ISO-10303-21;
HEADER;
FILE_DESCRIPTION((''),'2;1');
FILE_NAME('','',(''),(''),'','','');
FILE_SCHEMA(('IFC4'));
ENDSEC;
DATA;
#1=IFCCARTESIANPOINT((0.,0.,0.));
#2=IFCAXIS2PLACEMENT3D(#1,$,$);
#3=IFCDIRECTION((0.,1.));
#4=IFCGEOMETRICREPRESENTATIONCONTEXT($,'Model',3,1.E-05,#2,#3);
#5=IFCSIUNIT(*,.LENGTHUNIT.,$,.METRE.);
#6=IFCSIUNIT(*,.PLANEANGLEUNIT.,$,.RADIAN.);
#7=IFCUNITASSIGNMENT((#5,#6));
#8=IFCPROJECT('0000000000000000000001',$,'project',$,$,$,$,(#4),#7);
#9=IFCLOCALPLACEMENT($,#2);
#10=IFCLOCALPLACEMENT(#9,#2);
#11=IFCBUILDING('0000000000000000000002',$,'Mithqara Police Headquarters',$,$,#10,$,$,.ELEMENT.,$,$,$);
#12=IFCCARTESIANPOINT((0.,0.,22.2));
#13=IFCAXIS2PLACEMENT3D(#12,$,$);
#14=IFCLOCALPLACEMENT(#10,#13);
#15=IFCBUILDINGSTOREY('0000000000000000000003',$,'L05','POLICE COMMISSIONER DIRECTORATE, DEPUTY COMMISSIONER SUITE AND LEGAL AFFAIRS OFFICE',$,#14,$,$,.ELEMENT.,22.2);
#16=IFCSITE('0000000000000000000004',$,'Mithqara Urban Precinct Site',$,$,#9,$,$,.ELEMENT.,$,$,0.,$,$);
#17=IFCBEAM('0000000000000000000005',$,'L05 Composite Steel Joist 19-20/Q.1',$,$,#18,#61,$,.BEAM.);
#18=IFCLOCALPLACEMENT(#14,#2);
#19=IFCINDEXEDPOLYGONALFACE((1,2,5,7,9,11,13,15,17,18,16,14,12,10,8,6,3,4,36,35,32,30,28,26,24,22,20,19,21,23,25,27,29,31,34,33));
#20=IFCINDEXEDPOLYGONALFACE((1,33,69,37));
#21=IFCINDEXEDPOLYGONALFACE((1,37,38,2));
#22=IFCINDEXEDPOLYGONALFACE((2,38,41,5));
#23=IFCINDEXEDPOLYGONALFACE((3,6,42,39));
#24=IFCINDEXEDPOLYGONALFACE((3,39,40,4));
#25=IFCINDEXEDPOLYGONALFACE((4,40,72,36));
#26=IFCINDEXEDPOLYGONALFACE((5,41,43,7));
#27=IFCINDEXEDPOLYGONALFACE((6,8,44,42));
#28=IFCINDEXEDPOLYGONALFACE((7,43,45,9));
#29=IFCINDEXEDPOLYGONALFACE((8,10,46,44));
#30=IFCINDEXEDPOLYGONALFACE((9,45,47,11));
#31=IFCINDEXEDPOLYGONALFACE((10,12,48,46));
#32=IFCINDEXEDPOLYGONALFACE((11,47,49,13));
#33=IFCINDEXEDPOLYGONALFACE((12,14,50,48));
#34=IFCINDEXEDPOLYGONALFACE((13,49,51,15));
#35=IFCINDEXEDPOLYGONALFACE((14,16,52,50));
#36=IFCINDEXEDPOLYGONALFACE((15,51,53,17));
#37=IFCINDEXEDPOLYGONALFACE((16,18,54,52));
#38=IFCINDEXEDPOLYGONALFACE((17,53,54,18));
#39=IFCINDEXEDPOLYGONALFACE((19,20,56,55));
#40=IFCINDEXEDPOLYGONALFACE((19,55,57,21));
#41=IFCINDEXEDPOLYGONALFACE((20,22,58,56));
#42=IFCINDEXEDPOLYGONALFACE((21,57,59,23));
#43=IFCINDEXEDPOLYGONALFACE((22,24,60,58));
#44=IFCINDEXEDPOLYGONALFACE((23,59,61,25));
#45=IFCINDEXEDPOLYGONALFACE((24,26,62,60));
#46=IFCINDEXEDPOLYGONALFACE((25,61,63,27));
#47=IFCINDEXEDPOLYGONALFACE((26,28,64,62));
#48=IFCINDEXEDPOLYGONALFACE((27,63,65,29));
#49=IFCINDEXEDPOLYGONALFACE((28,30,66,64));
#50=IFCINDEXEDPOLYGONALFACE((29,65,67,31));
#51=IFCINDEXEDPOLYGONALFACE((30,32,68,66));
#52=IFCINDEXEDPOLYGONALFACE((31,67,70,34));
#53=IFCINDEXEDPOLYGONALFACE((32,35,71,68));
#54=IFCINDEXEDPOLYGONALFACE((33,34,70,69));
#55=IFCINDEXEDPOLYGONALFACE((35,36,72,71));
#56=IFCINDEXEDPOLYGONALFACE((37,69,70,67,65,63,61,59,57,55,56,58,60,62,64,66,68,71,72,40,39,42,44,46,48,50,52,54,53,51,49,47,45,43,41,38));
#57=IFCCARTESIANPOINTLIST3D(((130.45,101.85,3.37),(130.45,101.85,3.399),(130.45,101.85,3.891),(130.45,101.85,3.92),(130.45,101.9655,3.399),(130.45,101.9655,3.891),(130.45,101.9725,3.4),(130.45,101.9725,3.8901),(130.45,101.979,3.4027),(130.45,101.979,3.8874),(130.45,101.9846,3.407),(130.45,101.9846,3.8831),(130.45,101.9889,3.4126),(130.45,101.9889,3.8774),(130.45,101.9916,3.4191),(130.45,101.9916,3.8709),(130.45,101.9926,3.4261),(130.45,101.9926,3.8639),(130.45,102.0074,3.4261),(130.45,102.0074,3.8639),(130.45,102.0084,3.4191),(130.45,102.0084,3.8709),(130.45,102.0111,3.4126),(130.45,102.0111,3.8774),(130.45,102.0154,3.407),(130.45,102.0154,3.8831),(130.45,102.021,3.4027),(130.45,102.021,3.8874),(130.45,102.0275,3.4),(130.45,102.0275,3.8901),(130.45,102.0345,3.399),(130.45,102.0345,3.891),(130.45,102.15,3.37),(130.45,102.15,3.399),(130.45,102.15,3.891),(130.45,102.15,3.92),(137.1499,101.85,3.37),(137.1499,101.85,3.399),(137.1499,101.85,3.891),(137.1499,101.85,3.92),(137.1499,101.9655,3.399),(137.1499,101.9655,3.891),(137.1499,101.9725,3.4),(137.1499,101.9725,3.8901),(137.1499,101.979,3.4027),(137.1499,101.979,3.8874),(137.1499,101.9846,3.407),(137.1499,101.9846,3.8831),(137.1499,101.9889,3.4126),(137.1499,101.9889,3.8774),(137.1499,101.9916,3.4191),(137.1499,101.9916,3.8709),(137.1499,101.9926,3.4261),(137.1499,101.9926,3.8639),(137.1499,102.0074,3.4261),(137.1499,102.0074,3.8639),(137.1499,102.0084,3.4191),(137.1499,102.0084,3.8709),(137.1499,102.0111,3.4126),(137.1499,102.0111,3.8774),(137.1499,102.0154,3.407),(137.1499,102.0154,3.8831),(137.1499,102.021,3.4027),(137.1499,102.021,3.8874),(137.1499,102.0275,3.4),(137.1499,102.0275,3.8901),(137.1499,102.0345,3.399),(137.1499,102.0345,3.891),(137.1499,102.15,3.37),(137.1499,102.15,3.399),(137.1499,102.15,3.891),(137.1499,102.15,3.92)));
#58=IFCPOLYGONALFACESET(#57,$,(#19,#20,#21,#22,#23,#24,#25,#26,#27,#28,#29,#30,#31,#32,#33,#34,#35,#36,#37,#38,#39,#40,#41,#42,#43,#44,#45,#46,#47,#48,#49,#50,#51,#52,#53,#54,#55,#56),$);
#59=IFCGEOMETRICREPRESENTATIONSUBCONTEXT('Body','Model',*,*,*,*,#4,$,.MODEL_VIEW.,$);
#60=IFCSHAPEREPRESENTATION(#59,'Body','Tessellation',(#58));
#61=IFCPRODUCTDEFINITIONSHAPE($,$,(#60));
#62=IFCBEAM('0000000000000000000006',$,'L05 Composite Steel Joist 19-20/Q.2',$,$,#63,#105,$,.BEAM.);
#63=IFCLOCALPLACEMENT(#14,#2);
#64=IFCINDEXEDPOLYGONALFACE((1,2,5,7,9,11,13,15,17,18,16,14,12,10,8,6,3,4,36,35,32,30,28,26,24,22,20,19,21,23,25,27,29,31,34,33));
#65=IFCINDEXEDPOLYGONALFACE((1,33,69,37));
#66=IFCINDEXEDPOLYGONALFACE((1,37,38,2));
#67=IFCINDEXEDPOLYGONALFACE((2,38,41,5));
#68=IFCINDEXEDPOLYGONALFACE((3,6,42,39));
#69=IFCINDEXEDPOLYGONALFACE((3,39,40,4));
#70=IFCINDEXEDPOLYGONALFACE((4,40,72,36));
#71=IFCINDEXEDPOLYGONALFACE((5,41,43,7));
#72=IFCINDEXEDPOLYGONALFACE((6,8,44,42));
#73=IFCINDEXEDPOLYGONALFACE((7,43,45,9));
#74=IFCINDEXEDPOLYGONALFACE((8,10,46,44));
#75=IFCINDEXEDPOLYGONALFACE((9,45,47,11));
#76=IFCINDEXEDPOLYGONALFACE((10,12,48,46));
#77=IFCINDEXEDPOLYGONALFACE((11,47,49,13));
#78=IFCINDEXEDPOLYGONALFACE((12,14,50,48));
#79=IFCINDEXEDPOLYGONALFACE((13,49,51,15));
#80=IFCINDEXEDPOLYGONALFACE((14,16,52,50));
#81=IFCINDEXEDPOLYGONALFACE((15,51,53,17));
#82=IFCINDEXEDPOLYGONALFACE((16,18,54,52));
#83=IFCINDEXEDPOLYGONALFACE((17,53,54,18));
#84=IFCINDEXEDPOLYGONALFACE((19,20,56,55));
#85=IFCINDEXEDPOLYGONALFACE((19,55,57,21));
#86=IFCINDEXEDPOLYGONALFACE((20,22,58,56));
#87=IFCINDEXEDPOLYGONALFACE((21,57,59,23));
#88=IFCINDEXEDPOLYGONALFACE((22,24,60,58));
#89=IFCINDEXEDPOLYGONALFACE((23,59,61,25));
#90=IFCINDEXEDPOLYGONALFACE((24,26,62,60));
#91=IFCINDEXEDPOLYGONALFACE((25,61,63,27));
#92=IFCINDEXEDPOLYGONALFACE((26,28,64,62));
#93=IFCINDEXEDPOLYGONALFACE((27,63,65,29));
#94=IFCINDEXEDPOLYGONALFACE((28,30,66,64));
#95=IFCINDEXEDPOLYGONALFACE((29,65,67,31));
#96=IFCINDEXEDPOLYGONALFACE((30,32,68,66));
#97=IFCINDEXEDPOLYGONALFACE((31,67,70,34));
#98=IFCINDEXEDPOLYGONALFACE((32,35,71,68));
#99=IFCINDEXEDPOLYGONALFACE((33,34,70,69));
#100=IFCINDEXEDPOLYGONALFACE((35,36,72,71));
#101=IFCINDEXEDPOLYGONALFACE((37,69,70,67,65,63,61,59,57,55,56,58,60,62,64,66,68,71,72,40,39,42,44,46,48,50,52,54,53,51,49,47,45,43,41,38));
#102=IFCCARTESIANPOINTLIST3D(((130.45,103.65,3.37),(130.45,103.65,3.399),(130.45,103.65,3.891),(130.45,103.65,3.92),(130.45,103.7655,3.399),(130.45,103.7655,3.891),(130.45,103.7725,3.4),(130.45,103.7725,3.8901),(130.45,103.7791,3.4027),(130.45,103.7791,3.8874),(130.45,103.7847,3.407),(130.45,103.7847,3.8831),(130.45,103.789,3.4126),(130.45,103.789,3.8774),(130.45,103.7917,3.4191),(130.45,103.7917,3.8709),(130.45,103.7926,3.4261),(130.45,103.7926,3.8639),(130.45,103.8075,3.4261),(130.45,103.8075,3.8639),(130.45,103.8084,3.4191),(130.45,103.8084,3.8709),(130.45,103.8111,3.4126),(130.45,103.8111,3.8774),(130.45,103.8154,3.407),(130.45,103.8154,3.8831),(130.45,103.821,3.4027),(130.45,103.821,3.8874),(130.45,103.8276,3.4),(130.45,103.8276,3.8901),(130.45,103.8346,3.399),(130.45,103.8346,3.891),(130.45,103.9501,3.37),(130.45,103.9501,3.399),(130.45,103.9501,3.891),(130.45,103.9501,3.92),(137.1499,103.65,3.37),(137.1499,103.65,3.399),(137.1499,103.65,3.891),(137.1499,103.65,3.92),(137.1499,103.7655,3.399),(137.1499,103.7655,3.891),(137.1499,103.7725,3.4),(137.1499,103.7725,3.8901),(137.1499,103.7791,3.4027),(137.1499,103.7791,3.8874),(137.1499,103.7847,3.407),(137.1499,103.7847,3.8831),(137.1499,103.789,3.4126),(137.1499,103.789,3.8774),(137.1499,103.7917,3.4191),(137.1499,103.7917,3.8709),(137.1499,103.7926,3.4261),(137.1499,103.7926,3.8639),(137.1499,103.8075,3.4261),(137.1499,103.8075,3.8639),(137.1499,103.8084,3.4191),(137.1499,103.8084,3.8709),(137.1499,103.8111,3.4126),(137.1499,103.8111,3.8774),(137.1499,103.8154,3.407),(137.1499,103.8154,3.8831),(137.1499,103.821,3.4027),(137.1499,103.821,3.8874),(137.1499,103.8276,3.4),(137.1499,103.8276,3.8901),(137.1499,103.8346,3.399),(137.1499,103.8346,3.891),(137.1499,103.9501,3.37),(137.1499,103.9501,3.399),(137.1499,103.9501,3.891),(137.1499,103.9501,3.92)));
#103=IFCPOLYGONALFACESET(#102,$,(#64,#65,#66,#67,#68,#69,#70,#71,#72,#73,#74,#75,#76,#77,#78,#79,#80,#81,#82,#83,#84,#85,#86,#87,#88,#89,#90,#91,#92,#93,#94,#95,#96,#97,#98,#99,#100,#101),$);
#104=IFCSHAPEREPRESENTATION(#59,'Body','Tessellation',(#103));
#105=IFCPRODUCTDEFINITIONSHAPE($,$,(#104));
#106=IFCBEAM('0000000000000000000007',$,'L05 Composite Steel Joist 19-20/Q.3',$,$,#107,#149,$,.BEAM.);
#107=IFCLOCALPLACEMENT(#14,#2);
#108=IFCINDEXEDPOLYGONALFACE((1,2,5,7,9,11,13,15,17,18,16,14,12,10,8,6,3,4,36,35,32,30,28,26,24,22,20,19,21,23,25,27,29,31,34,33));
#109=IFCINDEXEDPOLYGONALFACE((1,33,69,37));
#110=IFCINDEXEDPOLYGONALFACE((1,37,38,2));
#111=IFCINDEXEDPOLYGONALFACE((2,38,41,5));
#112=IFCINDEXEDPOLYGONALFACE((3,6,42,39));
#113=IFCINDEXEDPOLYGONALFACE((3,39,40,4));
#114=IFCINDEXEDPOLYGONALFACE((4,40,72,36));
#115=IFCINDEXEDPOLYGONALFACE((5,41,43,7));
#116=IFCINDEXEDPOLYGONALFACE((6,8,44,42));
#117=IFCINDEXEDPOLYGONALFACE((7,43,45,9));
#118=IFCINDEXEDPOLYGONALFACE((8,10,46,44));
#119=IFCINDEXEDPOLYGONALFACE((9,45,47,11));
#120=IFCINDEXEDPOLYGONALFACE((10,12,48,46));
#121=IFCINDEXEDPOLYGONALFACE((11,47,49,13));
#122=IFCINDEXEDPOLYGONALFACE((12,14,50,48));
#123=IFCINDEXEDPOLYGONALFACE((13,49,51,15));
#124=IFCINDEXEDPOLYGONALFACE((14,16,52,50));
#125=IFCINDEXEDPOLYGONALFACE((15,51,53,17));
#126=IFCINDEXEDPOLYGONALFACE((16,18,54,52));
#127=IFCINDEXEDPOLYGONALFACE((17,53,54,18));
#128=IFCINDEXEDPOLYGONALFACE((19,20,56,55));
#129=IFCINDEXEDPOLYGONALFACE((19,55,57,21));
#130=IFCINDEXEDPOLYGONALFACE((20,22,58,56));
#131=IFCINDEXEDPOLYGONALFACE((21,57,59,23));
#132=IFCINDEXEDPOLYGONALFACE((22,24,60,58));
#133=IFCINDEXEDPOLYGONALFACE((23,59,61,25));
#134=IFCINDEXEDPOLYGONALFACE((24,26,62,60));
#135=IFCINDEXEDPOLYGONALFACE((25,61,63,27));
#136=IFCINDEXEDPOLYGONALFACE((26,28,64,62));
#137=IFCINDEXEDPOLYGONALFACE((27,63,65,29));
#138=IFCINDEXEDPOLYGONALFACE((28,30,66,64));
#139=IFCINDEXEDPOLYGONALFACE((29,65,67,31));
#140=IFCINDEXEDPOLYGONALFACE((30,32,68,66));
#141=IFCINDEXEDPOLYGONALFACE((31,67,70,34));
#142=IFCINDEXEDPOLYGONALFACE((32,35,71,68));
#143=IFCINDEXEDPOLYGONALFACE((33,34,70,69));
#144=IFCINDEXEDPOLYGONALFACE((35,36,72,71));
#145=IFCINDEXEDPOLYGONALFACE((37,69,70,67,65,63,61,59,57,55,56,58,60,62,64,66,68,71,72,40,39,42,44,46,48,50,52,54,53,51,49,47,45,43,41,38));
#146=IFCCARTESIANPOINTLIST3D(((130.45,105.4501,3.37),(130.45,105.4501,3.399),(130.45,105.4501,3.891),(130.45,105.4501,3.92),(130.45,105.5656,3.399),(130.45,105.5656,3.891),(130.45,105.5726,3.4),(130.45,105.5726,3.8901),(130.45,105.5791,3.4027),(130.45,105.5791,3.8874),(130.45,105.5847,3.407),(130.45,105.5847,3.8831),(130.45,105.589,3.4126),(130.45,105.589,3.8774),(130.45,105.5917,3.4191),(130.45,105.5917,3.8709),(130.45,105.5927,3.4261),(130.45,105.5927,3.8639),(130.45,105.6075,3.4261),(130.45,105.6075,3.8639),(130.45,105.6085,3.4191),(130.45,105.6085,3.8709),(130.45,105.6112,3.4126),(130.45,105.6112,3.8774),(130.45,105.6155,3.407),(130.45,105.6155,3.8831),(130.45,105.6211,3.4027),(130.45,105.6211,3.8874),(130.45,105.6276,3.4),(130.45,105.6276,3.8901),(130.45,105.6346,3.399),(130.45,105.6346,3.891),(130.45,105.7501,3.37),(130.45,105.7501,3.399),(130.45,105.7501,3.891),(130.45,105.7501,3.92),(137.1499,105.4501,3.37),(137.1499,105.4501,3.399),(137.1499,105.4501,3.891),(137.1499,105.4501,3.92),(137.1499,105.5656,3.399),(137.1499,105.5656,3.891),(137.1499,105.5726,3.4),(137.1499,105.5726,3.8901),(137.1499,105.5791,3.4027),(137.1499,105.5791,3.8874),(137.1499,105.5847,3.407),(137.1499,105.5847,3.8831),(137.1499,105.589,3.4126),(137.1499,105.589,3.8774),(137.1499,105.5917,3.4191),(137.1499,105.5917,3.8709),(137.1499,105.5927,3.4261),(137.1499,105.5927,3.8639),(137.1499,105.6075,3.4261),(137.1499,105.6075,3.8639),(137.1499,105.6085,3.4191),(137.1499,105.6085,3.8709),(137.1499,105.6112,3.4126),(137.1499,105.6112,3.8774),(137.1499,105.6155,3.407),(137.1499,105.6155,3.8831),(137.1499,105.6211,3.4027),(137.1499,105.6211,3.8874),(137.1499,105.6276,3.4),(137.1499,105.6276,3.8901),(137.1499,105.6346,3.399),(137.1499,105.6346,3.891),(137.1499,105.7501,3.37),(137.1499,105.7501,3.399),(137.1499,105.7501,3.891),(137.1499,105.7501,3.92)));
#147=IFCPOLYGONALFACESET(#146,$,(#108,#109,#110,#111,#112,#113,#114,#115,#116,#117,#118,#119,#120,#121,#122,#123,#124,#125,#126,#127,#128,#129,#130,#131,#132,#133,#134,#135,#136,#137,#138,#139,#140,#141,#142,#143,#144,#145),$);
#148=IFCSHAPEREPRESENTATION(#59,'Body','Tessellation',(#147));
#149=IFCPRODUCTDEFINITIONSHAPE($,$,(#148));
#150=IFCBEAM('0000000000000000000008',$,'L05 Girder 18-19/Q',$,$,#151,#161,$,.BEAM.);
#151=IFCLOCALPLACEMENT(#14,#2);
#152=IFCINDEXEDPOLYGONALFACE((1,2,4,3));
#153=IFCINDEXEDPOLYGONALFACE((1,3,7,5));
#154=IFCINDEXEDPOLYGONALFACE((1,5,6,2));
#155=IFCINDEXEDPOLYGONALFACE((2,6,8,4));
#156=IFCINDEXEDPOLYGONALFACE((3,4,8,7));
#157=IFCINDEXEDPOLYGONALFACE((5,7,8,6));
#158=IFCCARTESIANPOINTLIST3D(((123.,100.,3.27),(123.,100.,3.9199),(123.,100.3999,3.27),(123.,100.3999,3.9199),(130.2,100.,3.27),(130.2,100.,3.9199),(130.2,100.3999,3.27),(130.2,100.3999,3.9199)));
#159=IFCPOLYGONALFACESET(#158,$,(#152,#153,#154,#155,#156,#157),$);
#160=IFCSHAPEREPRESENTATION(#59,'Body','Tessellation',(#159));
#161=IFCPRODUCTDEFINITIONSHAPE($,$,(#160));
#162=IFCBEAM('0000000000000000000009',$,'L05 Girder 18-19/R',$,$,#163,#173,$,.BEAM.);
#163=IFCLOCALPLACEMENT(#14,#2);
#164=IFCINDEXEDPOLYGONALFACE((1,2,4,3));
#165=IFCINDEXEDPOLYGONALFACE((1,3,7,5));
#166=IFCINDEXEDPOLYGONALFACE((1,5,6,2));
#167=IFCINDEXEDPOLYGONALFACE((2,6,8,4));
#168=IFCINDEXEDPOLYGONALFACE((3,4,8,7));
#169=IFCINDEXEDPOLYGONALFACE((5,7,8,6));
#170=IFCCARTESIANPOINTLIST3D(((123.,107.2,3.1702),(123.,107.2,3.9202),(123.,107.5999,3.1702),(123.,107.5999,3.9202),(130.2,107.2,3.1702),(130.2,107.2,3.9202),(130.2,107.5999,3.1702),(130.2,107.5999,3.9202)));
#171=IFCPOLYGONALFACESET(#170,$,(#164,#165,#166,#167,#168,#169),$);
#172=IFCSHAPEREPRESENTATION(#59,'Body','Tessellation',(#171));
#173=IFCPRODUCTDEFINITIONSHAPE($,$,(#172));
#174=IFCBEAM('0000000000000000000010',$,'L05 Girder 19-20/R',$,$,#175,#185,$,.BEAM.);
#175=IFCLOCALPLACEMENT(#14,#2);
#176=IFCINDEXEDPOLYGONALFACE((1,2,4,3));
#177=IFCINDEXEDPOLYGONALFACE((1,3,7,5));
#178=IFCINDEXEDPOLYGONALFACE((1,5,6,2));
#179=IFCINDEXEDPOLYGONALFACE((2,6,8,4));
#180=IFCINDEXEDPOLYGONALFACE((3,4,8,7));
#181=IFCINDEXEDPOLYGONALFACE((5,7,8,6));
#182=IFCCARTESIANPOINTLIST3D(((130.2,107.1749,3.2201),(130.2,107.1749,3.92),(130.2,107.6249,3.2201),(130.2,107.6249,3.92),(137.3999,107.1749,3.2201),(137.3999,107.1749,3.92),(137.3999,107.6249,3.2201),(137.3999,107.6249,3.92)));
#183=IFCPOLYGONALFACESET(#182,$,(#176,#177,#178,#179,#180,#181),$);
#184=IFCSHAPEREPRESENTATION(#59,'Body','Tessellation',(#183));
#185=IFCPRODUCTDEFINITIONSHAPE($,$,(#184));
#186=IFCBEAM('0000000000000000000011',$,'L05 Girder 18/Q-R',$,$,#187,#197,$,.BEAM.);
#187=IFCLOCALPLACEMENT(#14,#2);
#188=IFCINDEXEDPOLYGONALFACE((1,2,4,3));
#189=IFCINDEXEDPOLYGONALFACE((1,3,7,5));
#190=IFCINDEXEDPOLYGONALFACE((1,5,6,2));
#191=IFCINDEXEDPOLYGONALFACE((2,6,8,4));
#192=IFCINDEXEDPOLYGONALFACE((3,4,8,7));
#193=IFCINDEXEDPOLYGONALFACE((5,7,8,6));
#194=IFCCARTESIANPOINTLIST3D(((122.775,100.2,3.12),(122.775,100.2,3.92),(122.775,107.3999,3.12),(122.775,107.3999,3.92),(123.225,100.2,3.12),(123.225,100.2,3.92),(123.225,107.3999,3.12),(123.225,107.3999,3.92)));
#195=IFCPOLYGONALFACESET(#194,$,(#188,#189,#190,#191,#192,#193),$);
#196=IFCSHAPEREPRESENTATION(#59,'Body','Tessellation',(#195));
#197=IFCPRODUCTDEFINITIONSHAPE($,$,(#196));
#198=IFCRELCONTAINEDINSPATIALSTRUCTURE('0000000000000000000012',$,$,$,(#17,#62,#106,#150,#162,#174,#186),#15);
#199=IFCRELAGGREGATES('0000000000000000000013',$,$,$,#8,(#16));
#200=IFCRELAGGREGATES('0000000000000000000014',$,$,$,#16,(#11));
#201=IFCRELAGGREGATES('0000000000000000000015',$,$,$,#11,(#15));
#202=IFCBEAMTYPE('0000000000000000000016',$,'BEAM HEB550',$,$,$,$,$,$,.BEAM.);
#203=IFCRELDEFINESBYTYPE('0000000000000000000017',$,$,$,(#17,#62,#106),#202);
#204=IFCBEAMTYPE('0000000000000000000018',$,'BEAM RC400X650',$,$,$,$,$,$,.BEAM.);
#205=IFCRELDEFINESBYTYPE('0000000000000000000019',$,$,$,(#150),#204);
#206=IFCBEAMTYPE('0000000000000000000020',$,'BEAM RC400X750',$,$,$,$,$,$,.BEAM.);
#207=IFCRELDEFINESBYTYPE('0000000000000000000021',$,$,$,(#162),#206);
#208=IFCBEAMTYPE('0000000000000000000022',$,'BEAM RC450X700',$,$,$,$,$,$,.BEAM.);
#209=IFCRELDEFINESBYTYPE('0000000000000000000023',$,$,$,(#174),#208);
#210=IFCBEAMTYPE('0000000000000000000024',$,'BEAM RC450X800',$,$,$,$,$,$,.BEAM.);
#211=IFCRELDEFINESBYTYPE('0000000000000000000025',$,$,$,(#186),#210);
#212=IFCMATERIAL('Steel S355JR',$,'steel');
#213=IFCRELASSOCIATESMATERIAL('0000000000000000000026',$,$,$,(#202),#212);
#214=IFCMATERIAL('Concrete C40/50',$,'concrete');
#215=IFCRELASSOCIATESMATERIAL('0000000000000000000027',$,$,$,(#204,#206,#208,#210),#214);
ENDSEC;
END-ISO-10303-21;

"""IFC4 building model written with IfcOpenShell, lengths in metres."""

from ifc_helpers import new_model, si_unit, direction, frame, origin, origin_2d, place, context, subcontext, project, spatial, rectangle, i_section, extrude, material, material_profile, profile_set, type_object, element, save


model = new_model("IFC4")

# Units and contexts
model_context = context("Model", 3, precision=1e-05, world=origin(), true_north=direction((0.0, 1.0)))
body_context = subcontext(model_context, "Body", "Model", "MODEL_VIEW")
ifc_project = project(units=[si_unit("LENGTHUNIT", "METRE"), si_unit("PLANEANGLEUNIT", "RADIAN")], contexts=[model_context])

# Site, building, storey
site_placement = place(None, origin())
site = spatial("IfcSite", under=ifc_project, at=site_placement, Name="Mithqara Urban Precinct Site", CompositionType="ELEMENT", RefElevation=0.0)
building_placement = place(site_placement, origin())
building = spatial("IfcBuilding", under=site, at=building_placement, Name="Mithqara Police Headquarters", CompositionType="ELEMENT")
storey_placement = place(building_placement, frame((0.0, 0.0, 22.2)))
storey = spatial("IfcBuildingStorey", under=building, at=storey_placement, Name="L05", Description="POLICE COMMISSIONER DIRECTORATE, DEPUTY COMMISSIONER SUITE AND LEGAL AFFAIRS OFFICE", CompositionType="ELEMENT", Elevation=22.2)

# Beams
ifc_material_1 = material(Name="Steel S355JR", Category="steel")
ifc_material_profile_1 = material_profile(ifc_material_1, i_section(OverallWidth=0.3, OverallDepth=0.55, WebThickness=0.0149, FlangeThickness=0.0291, FilletRadius=0.0271, at=origin_2d()), Name="HEB 550")
ifc_profile_set_1 = profile_set([ifc_material_profile_1], Name="Steel S355JR")
beam_type_1 = type_object("IfcBeamType", Name="BEAM HEB550", PredefinedType="BEAM", material=ifc_profile_set_1)
for number, where, z_axis, x_axis, name in (
    (1, (130.45, 102.0, 3.645), (1.0, 0.0, 0.0), (0.0, 1.0, 0.0), "L05 Composite Steel Joist 19-20/Q.1"),
    (2, (130.45, 103.8, 3.645), (1.0, 0.0, 0.0), (0.0, 1.0, 0.0), "L05 Composite Steel Joist 19-20/Q.2"),
    (3, (130.45, 105.6001, 3.645), (1.0, 0.0, 0.0), (0.0, 1.0, 0.0), "L05 Composite Steel Joist 19-20/Q.3"),
):
    element("IfcBeam", number, at=place(storey_placement, frame(where, z_axis=z_axis, x_axis=x_axis)), inside=storey, type_object=beam_type_1, Name=name, PredefinedType="BEAM", context=body_context, shape_type="SweptSolid", body=[
        extrude(i_section(OverallWidth=0.3, OverallDepth=0.55, WebThickness=0.0149, FlangeThickness=0.0291, FilletRadius=0.0271, at=origin_2d()), origin(), (0.0, 0.0, 1.0), 6.7),
    ])
ifc_material_2 = material(Name="Concrete C40/50", Category="concrete")
ifc_material_profile_2 = material_profile(ifc_material_2, rectangle(XDim=0.3999, YDim=0.6499, at=origin_2d()), Name="RC 400x650")
ifc_profile_set_2 = profile_set([ifc_material_profile_2], Name="Concrete C40/50")
beam_type_2 = type_object("IfcBeamType", Name="BEAM RC400X650", PredefinedType="BEAM", material=ifc_profile_set_2)
beam_1_placement = place(storey_placement, frame((123.0, 100.2, 3.595), z_axis=(1.0, 0.0, 0.0), x_axis=(0.0, 1.0, 0.0)))
element("IfcBeam", 4, at=beam_1_placement, inside=storey, type_object=beam_type_2, Name="L05 Girder 18-19/Q", PredefinedType="BEAM", context=body_context, shape_type="SweptSolid", body=[
    extrude(rectangle(XDim=0.3999, YDim=0.6499, at=origin_2d()), origin(), (0.0, 0.0, 1.0), 7.2),
])
ifc_material_profile_3 = material_profile(ifc_material_2, rectangle(XDim=0.3999, YDim=0.75, at=origin_2d()), Name="RC 400x750")
ifc_profile_set_3 = profile_set([ifc_material_profile_3], Name="Concrete C40/50")
beam_type_3 = type_object("IfcBeamType", Name="BEAM RC400X750", PredefinedType="BEAM", material=ifc_profile_set_3)
beam_2_placement = place(storey_placement, frame((123.0, 107.3999, 3.5452), z_axis=(1.0, 0.0, 0.0), x_axis=(0.0, 1.0, 0.0)))
element("IfcBeam", 5, at=beam_2_placement, inside=storey, type_object=beam_type_3, Name="L05 Girder 18-19/R", PredefinedType="BEAM", context=body_context, shape_type="SweptSolid", body=[
    extrude(rectangle(XDim=0.3999, YDim=0.75, at=origin_2d()), origin(), (0.0, 0.0, 1.0), 7.2),
])
ifc_material_profile_4 = material_profile(ifc_material_2, rectangle(XDim=0.45, YDim=0.7, at=origin_2d()), Name="RC 450x700")
ifc_profile_set_4 = profile_set([ifc_material_profile_4], Name="Concrete C40/50")
beam_type_4 = type_object("IfcBeamType", Name="BEAM RC450X700", PredefinedType="BEAM", material=ifc_profile_set_4)
beam_3_placement = place(storey_placement, frame((130.2, 107.3999, 3.5701), z_axis=(1.0, 0.0, 0.0), x_axis=(0.0, 1.0, 0.0)))
element("IfcBeam", 6, at=beam_3_placement, inside=storey, type_object=beam_type_4, Name="L05 Girder 19-20/R", PredefinedType="BEAM", context=body_context, shape_type="SweptSolid", body=[
    extrude(rectangle(XDim=0.45, YDim=0.7, at=origin_2d()), origin(), (0.0, 0.0, 1.0), 7.2),
])
ifc_material_profile_5 = material_profile(ifc_material_2, rectangle(XDim=0.45, YDim=0.8, at=origin_2d()), Name="RC 450x800")
ifc_profile_set_5 = profile_set([ifc_material_profile_5], Name="Concrete C40/50")
beam_type_5 = type_object("IfcBeamType", Name="BEAM RC450X800", PredefinedType="BEAM", material=ifc_profile_set_5)
beam_4_placement = place(storey_placement, frame((123.0, 100.2, 3.52), z_axis=(0.0, 1.0, 0.0), x_axis=(-1.0, 0.0, 0.0)))
element("IfcBeam", 7, at=beam_4_placement, inside=storey, type_object=beam_type_5, Name="L05 Girder 18/Q-R", PredefinedType="BEAM", context=body_context, shape_type="SweptSolid", body=[
    extrude(rectangle(XDim=0.45, YDim=0.8, at=origin_2d()), origin(), (0.0, 0.0, 1.0), 7.2),
])

save(model, "model.ifc")
